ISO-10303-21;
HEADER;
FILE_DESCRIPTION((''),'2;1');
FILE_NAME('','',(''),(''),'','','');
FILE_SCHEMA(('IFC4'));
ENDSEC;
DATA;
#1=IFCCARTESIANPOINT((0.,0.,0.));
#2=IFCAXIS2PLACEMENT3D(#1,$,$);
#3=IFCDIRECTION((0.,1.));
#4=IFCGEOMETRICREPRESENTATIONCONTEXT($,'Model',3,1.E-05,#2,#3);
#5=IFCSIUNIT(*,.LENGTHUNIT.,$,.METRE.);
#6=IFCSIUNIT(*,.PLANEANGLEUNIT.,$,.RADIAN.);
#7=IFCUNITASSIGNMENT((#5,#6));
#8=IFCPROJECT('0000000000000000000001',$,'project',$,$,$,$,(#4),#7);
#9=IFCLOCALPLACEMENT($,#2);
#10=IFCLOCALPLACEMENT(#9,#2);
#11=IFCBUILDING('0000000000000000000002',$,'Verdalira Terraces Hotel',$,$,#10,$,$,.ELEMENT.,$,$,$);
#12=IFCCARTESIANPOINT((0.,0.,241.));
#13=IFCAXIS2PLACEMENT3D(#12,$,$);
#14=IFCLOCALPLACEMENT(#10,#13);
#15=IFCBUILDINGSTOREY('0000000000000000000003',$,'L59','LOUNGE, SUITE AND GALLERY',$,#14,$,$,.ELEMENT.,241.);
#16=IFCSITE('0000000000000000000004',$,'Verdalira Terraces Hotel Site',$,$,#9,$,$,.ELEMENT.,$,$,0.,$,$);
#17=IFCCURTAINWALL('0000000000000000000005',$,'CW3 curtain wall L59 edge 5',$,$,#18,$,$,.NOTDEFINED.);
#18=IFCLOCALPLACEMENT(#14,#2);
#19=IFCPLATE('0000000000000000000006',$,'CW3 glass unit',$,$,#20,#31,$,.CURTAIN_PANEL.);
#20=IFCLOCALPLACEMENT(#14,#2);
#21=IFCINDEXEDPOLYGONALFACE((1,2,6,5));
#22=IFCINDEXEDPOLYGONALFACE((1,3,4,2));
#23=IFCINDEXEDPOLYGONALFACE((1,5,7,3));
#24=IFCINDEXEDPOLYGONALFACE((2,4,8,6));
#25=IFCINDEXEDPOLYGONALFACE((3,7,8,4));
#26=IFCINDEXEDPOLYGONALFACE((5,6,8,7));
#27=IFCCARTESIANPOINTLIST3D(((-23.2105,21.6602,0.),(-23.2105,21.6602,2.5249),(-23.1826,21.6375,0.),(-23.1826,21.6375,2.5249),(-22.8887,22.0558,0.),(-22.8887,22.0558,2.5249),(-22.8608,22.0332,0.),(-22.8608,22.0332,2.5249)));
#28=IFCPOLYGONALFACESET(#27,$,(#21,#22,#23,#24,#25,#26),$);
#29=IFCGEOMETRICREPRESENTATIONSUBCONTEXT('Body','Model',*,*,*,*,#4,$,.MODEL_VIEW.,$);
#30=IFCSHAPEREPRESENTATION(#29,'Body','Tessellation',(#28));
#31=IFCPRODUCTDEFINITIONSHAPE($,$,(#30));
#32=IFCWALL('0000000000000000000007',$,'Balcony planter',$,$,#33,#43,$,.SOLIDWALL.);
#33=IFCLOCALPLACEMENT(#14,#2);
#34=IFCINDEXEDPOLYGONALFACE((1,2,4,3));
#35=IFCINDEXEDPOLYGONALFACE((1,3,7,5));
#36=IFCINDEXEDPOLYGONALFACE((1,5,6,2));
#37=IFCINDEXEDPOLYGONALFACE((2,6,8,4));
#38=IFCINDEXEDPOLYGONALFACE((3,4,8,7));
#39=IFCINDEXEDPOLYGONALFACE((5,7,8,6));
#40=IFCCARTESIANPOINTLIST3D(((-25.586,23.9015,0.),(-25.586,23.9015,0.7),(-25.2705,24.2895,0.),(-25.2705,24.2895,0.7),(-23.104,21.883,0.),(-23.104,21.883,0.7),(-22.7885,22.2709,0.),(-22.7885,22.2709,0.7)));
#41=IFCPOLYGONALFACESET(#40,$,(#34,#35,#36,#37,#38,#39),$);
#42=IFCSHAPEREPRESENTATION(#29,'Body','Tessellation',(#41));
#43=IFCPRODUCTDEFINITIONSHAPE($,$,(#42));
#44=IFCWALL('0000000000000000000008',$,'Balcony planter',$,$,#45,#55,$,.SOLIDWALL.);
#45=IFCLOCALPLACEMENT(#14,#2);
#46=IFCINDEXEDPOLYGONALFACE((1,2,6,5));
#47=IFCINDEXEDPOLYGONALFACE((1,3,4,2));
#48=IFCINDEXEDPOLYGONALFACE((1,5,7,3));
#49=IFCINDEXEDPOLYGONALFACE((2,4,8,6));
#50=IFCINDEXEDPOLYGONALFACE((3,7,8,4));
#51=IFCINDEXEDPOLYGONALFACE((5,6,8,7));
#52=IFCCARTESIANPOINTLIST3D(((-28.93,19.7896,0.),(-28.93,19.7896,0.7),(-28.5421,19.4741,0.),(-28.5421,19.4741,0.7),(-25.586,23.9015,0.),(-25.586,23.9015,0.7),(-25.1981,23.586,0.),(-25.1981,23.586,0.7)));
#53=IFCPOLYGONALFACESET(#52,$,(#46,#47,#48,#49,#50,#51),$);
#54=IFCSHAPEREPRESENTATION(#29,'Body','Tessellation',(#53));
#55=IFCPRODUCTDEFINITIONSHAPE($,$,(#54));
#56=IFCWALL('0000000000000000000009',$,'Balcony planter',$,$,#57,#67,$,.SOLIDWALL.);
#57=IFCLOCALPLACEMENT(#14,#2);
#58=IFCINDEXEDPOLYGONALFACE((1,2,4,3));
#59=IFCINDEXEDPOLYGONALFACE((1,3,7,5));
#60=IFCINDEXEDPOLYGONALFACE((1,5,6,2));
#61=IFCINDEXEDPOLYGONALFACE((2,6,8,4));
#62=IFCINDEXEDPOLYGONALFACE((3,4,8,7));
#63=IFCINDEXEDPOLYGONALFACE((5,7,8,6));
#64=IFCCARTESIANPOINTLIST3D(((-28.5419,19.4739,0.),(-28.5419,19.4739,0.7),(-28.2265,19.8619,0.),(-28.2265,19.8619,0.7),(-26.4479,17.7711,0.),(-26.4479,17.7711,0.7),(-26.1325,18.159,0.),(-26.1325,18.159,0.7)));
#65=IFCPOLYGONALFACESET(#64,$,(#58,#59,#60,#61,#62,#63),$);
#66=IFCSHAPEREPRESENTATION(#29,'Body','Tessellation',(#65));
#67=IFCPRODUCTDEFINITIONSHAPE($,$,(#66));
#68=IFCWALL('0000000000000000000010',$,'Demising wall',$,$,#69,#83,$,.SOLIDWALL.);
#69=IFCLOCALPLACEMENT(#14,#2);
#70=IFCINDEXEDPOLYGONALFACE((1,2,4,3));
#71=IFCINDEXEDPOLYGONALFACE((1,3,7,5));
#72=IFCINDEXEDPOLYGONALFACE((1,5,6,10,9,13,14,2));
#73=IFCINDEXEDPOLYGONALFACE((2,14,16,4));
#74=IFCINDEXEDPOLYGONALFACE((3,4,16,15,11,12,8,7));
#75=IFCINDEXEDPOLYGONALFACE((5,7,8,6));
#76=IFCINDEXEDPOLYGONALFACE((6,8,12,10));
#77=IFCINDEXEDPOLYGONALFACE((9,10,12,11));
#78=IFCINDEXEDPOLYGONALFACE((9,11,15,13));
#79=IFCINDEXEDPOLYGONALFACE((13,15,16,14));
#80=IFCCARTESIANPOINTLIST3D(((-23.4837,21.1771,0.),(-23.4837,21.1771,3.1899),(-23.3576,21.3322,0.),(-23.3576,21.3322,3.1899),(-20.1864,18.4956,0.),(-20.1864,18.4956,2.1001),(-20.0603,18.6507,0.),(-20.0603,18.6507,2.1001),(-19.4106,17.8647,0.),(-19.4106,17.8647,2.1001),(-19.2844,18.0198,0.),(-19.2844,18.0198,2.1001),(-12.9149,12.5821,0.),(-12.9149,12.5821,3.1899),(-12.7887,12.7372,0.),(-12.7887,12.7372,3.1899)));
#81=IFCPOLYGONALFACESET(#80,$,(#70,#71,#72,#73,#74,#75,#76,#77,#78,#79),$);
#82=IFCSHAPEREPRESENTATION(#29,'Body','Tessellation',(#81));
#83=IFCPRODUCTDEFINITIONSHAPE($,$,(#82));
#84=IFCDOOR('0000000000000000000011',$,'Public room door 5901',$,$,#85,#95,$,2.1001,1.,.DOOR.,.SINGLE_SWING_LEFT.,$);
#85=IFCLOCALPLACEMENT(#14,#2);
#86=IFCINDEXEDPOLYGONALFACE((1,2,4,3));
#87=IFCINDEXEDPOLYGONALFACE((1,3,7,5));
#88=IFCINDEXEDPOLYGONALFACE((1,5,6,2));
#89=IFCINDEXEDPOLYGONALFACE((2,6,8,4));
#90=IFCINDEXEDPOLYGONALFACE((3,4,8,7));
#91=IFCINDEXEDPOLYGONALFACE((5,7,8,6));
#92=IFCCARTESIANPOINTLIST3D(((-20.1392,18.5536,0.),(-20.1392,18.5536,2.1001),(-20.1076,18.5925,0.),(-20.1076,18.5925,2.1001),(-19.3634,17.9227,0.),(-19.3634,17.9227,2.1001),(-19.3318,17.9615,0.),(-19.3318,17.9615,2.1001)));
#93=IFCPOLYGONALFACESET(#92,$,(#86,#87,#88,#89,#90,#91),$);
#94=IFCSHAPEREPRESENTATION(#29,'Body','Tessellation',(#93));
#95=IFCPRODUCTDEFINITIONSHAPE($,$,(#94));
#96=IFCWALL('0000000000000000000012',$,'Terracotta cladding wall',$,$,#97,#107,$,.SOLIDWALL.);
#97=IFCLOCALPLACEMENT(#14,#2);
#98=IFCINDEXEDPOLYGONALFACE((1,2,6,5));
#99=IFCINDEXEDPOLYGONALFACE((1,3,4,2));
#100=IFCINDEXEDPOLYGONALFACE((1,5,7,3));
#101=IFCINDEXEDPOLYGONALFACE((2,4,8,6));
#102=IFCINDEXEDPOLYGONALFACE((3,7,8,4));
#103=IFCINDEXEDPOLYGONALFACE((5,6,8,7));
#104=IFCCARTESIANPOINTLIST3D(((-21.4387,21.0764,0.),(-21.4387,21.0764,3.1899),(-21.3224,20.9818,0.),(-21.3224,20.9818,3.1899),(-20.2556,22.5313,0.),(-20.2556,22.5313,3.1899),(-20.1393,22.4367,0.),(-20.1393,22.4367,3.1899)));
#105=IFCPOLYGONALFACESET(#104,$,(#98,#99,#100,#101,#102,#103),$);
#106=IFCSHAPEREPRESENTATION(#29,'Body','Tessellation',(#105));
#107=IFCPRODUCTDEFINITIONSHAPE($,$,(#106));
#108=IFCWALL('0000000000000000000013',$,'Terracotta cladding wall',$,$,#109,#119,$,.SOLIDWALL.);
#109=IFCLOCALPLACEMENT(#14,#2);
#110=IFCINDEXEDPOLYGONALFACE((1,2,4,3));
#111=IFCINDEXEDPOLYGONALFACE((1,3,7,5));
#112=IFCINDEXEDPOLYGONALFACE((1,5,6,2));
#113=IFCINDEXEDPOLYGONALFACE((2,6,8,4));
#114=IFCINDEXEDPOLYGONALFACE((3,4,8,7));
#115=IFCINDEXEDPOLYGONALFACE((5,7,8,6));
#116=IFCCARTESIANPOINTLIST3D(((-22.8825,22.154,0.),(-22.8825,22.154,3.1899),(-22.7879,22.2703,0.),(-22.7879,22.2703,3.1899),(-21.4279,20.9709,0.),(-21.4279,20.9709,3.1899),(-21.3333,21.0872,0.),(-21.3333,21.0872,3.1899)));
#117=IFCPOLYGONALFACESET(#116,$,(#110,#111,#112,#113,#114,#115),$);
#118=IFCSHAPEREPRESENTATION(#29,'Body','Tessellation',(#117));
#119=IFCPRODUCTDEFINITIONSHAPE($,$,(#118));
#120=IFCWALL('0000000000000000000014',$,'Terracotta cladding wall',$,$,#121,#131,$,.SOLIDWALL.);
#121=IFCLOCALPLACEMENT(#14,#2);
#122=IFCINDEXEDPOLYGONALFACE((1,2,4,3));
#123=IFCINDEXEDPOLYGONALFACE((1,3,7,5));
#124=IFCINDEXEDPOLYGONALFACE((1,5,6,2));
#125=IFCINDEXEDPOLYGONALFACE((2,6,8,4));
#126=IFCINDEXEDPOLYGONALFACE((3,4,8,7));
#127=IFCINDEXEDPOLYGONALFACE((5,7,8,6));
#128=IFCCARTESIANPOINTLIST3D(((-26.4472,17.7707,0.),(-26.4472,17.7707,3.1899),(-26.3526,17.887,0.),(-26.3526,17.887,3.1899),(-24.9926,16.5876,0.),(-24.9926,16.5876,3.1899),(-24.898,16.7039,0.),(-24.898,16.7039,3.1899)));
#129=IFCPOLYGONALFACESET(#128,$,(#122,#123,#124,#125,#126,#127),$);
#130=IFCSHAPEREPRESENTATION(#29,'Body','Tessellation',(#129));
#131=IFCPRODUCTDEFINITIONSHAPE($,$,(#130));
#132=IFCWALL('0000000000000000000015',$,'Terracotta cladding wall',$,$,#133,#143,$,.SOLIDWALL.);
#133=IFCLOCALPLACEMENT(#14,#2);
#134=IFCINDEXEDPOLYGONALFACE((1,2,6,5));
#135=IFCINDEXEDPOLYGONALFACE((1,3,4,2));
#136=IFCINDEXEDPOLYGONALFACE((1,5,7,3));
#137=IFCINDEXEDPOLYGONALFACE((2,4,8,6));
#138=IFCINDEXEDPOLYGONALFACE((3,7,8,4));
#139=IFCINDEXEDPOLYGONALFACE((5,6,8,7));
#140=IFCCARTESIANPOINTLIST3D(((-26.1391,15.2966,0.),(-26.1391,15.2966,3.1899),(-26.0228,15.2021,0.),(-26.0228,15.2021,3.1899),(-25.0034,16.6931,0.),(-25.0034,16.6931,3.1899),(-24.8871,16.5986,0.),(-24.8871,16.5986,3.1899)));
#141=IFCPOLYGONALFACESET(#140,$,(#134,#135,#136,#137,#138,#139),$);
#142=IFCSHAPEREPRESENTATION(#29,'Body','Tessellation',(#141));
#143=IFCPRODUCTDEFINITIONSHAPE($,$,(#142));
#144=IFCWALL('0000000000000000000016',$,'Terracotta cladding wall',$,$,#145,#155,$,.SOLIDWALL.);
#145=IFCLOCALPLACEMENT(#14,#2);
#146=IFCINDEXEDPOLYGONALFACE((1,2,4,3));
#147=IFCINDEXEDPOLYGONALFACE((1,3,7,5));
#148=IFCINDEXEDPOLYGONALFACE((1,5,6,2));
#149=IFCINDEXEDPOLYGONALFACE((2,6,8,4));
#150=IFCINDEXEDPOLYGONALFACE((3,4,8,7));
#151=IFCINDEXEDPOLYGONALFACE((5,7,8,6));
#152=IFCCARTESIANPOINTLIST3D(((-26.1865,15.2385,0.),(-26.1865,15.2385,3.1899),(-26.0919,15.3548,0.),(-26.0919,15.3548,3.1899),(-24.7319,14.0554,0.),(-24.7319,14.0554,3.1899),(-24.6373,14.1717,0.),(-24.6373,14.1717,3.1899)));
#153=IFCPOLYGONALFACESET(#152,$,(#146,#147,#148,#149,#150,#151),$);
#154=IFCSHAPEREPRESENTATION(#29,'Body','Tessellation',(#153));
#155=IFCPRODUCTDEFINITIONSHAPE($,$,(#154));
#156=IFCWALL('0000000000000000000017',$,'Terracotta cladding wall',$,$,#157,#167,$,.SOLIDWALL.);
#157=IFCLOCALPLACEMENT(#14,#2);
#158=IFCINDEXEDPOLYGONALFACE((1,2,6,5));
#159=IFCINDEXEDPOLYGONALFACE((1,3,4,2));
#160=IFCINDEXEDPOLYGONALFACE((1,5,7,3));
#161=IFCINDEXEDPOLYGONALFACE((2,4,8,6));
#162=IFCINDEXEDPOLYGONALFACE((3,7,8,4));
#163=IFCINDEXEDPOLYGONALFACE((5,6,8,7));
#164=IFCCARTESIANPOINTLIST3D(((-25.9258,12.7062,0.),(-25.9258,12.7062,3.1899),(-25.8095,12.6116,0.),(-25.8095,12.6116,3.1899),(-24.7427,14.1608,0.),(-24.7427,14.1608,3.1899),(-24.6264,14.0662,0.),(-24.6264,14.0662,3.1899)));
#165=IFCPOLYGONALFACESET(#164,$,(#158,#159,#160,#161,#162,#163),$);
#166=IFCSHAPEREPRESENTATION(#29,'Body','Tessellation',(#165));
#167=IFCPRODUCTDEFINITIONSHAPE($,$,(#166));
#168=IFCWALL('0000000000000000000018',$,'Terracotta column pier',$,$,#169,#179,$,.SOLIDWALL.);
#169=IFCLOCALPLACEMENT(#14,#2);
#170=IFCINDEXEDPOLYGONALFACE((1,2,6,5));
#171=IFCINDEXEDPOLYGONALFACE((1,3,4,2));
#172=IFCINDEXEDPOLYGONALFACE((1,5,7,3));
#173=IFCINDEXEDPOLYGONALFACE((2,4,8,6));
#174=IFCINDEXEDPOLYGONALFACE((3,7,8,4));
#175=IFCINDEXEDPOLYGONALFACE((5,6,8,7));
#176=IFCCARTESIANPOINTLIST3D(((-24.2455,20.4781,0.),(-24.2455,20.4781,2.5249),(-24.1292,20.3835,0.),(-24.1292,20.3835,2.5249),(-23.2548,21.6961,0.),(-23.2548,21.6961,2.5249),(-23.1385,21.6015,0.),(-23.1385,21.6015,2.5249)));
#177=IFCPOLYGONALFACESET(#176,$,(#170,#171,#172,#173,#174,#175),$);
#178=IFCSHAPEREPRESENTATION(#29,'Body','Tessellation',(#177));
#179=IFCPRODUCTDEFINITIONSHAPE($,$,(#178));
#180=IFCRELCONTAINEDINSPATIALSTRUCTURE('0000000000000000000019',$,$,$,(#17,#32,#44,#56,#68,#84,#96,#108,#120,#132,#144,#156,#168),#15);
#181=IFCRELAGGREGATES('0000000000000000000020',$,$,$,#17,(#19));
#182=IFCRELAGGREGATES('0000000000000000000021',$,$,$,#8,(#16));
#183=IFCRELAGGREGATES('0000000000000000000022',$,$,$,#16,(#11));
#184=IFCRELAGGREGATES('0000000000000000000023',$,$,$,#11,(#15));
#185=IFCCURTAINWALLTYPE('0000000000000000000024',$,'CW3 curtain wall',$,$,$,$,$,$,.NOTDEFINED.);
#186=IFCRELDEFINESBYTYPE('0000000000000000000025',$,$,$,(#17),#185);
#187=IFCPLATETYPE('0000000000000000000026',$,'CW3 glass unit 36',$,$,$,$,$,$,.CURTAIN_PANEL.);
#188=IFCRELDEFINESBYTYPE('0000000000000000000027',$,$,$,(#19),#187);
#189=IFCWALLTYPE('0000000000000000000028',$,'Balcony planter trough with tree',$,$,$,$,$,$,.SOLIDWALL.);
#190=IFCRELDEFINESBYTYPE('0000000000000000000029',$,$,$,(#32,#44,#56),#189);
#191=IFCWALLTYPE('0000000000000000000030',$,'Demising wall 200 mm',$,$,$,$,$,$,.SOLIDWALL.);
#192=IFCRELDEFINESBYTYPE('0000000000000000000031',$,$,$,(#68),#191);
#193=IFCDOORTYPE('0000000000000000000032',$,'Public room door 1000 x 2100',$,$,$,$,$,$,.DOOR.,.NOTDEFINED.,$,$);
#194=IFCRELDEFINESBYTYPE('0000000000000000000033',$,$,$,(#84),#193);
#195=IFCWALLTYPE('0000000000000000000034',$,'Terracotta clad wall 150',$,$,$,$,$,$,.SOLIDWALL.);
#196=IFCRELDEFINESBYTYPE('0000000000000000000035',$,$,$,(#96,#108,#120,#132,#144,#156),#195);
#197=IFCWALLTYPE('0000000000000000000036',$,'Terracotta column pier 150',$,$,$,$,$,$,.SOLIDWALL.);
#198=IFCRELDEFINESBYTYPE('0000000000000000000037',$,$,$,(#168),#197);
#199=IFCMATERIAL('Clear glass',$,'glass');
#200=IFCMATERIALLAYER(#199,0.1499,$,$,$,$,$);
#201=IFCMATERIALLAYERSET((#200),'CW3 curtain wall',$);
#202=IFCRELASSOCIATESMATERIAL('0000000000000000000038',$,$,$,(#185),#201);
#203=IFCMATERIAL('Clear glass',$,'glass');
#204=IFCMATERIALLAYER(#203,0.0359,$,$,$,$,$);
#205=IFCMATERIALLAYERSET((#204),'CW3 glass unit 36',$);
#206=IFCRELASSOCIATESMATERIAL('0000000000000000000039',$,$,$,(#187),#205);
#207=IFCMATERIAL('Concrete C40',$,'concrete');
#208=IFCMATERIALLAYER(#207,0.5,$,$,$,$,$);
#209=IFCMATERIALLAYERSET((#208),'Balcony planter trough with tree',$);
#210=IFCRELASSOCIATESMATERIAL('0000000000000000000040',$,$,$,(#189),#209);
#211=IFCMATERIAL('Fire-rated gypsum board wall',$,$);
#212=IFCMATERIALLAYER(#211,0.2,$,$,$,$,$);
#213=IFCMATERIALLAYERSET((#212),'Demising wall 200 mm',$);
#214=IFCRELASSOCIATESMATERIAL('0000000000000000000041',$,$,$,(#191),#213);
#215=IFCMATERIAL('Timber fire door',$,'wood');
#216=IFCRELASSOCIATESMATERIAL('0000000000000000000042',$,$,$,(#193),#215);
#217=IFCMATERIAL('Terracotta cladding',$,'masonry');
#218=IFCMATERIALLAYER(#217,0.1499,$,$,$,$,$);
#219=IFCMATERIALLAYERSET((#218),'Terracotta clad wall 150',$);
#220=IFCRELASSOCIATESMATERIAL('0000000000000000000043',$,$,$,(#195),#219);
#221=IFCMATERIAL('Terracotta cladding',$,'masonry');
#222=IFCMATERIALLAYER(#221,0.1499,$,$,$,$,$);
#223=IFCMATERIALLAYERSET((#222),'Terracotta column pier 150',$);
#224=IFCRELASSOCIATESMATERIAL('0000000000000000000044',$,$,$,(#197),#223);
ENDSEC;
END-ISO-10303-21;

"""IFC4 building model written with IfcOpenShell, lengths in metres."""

from ifc_helpers import new_model, si_unit, direction, frame, frame_2d, origin, origin_2d, place, context, subcontext, project, spatial, rectangle, extrude, material, layer, layer_set, type_object, element, fill, aggregate, save


model = new_model("IFC4")

# Units and contexts
model_context = context("Model", 3, precision=1e-05, world=origin(), true_north=direction((0.0, 1.0)))
body_context = subcontext(model_context, "Body", "Model", "MODEL_VIEW")
ifc_project = project(units=[si_unit("LENGTHUNIT", "METRE"), si_unit("PLANEANGLEUNIT", "RADIAN")], contexts=[model_context])

# Site, building, storey
site_placement = place(None, origin())
site = spatial("IfcSite", under=ifc_project, at=site_placement, Name="Verdalira Terraces Hotel Site", CompositionType="ELEMENT", RefElevation=0.0)
building_placement = place(site_placement, origin())
building = spatial("IfcBuilding", under=site, at=building_placement, Name="Verdalira Terraces Hotel", CompositionType="ELEMENT")
storey_placement = place(building_placement, frame((0.0, 0.0, 241.0)))
storey = spatial("IfcBuildingStorey", under=building, at=storey_placement, Name="L59", Description="LOUNGE, SUITE AND GALLERY", CompositionType="ELEMENT", Elevation=241.0)

# Curtain wall
ifc_material_1 = material(Name="Clear glass", Category="glass")
ifc_layer_1 = layer(ifc_material_1, 0.1499)
ifc_layer_set_1 = layer_set([ifc_layer_1], Name="CW3 curtain wall")
curtain_wall_type_1 = type_object("IfcCurtainWallType", Name="CW3 curtain wall", PredefinedType="NOTDEFINED", material=ifc_layer_set_1)
curtain_wall_1_placement = place(storey_placement, origin())
curtain_wall_1 = element("IfcCurtainWall", 1, at=curtain_wall_1_placement, inside=storey, type_object=curtain_wall_type_1, Name="CW3 curtain wall L59 edge 5", PredefinedType="NOTDEFINED")

# Plate
ifc_material_2 = material(Name="Clear glass", Category="glass")
ifc_layer_2 = layer(ifc_material_2, 0.0359)
ifc_layer_set_2 = layer_set([ifc_layer_2], Name="CW3 glass unit 36")
plate_type = type_object("IfcPlateType", Name="CW3 glass unit 36", PredefinedType="CURTAIN_PANEL", material=ifc_layer_set_2)
plate_placement = place(storey_placement, frame((-23.0356, 21.8467, 0.0), z_axis=(0.0, 0.0, 1.0), x_axis=(-0.630947, -0.775826, 0.0)))
plate = element("IfcPlate", 2, at=plate_placement, type_object=plate_type, Name="CW3 glass unit", PredefinedType="CURTAIN_PANEL", context=body_context, shape_type="SweptSolid", body=[
    extrude(rectangle(XDim=0.51, YDim=0.0359, at=origin_2d()), origin(), (0.0, 0.0, 1.0), 2.5249),
])
aggregate(curtain_wall_1, [plate])

# Walls
ifc_material_3 = material(Name="Concrete C40", Category="concrete")
ifc_layer_3 = layer(ifc_material_3, 0.5)
ifc_layer_set_3 = layer_set([ifc_layer_3], Name="Balcony planter trough with tree")
wall_type_1 = type_object("IfcWallType", Name="Balcony planter trough with tree", PredefinedType="SOLIDWALL", material=ifc_layer_set_3)
wall_1_placement = place(storey_placement, frame((-22.9463, 22.0769, 0.0), z_axis=(0.0, 0.0, 1.0), x_axis=(-0.77581, 0.630966, 0.0)))
element("IfcWall", 3, at=wall_1_placement, inside=storey, type_object=wall_type_1, Name="Balcony planter", PredefinedType="SOLIDWALL", context=body_context, shape_type="SweptSolid", body=[
    extrude(rectangle(XDim=3.1992, YDim=0.5, at=frame_2d((1.5996, 0.0))), origin(), (0.0, 0.0, 1.0), 0.7),
])
wall_2_placement = place(storey_placement, frame((-25.3921, 23.7437, 0.0), z_axis=(0.0, 0.0, 1.0), x_axis=(-0.63095, -0.775824, 0.0)))
element("IfcWall", 4, at=wall_2_placement, inside=storey, type_object=wall_type_1, Name="Balcony planter", PredefinedType="SOLIDWALL", context=body_context, shape_type="SweptSolid", body=[
    extrude(rectangle(XDim=5.3, YDim=0.5, at=frame_2d((2.6499, 0.0))), origin(), (0.0, 0.0, 1.0), 0.7),
])
wall_3_placement = place(storey_placement, frame((-28.3843, 19.668, 0.0), z_axis=(0.0, 0.0, 1.0), x_axis=(0.77584, -0.63093, 0.0)))
element("IfcWall", 5, at=wall_3_placement, inside=storey, type_object=wall_type_1, Name="Balcony planter", PredefinedType="SOLIDWALL", context=body_context, shape_type="SweptSolid", body=[
    extrude(rectangle(XDim=2.699, YDim=0.5, at=frame_2d((1.3496, 0.0))), origin(), (0.0, 0.0, 1.0), 0.7),
])

# Wall, opening, door
ifc_material_4 = material(Name="Fire-rated gypsum board wall")
ifc_layer_4 = layer(ifc_material_4, 0.2)
ifc_layer_set_4 = layer_set([ifc_layer_4], Name="Demising wall 200 mm")
wall_type_2 = type_object("IfcWallType", Name="Demising wall 200 mm", PredefinedType="SOLIDWALL", material=ifc_layer_set_4)
wall_4_placement = place(storey_placement, frame((-23.4207, 21.2546, 0.0), z_axis=(0.0, 0.0, 1.0), x_axis=(0.775834, -0.630937, 0.0)))
wall_4 = element("IfcWall", 6, at=wall_4_placement, inside=storey, type_object=wall_type_2, Name="Demising wall", PredefinedType="SOLIDWALL", context=body_context, shape_type="SweptSolid", body=[
    extrude(rectangle(XDim=13.6226, YDim=0.2, at=frame_2d((6.8113, 0.0))), origin(), (0.0, 0.0, 1.0), 3.1899),
])
opening_1_placement = place(wall_4_placement, frame((4.25, 0.0, 0.0)))
opening_1 = element("IfcOpeningElement", 7, at=opening_1_placement, cuts=wall_4, PredefinedType="OPENING", context=body_context, shape_type="SweptSolid", body=[
    extrude(rectangle(XDim=1.0, YDim=2.1001, at=frame_2d((0.5, 1.05))), frame((0.0, 0.1099, 0.0), z_axis=(0.0, -1.0, 0.0), x_axis=(1.0, 0.0, 0.0)), (0.0, 0.0, 1.0), 0.22),
])
ifc_material_5 = material(Name="Timber fire door", Category="wood")
door_type_1 = type_object("IfcDoorType", Name="Public room door 1000 x 2100", OperationType="NOTDEFINED", PredefinedType="DOOR", material=ifc_material_5)
door_1_placement = place(opening_1_placement, origin())
door_1 = element("IfcDoor", 8, at=door_1_placement, inside=storey, type_object=door_type_1, Name="Public room door 5901", OperationType="SINGLE_SWING_LEFT", OverallHeight=2.1001, OverallWidth=1.0, PredefinedType="DOOR", context=body_context, shape_type="SweptSolid", body=[
    extrude(rectangle(XDim=1.0, YDim=2.1001, at=frame_2d((0.5, 1.05))), frame((0.0, 0.0249, 0.0), z_axis=(0.0, -1.0, 0.0), x_axis=(1.0, 0.0, 0.0)), (0.0, 0.0, 1.0), 0.05),
])
fill(opening_1, door_1)

# Walls
ifc_material_6 = material(Name="Terracotta cladding", Category="masonry")
ifc_layer_5 = layer(ifc_material_6, 0.1499)
ifc_layer_set_5 = layer_set([ifc_layer_5], Name="Terracotta clad wall 150")
wall_type_3 = type_object("IfcWallType", Name="Terracotta clad wall 150", PredefinedType="SOLIDWALL", material=ifc_layer_set_5)
wall_5_placement = place(storey_placement, frame((-20.1975, 22.4839, 0.0), z_axis=(0.0, 0.0, 1.0), x_axis=(-0.630931, -0.775839, 0.0)))
element("IfcWall", 9, at=wall_5_placement, inside=storey, type_object=wall_type_3, Name="Terracotta cladding wall", PredefinedType="SOLIDWALL", context=body_context, shape_type="SweptSolid", body=[
    extrude(rectangle(XDim=1.8752, YDim=0.1499, at=frame_2d((0.9375, 0.0))), origin(), (0.0, 0.0, 1.0), 3.1899),
])
for number, where, z_axis, x_axis, name in (
    (10, (-21.3806, 21.0291, 0.0), (0.0, 0.0, 1.0), (-0.775787, 0.630995, 0.0), "Terracotta cladding wall"),
    (11, (-26.3999, 17.8289, 0.0), (0.0, 0.0, 1.0), (0.775787, -0.630995, 0.0), "Terracotta cladding wall"),
):
    element("IfcWall", number, at=place(storey_placement, frame(where, z_axis=z_axis, x_axis=x_axis)), inside=storey, type_object=wall_type_3, Name=name, PredefinedType="SOLIDWALL", context=body_context, shape_type="SweptSolid", body=[
        extrude(rectangle(XDim=1.875, YDim=0.1499, at=frame_2d((0.9375, 0.0))), origin(), (0.0, 0.0, 1.0), 3.1899),
    ])
wall_6_placement = place(storey_placement, frame((-24.9453, 16.6458, 0.0), z_axis=(0.0, 0.0, 1.0), x_axis=(-0.63096, -0.775815, 0.0)))
element("IfcWall", 12, at=wall_6_placement, inside=storey, type_object=wall_type_3, Name="Terracotta cladding wall", PredefinedType="SOLIDWALL", context=body_context, shape_type="SweptSolid", body=[
    extrude(rectangle(XDim=1.8, YDim=0.1499, at=frame_2d((0.8999, 0.0))), origin(), (0.0, 0.0, 1.0), 3.1899),
])
for number, where, z_axis, x_axis, name in (
    (13, (-26.1392, 15.2966, 0.0), (0.0, 0.0, 1.0), (0.775787, -0.630995, 0.0), "Terracotta cladding wall"),
    (14, (-24.6846, 14.1135, 0.0), (0.0, 0.0, 1.0), (-0.630995, -0.775787, 0.0), "Terracotta cladding wall"),
):
    element("IfcWall", number, at=place(storey_placement, frame(where, z_axis=z_axis, x_axis=x_axis)), inside=storey, type_object=wall_type_3, Name=name, PredefinedType="SOLIDWALL", context=body_context, shape_type="SweptSolid", body=[
        extrude(rectangle(XDim=1.875, YDim=0.1499, at=frame_2d((0.9375, 0.0))), origin(), (0.0, 0.0, 1.0), 3.1899),
    ])
ifc_material_7 = material(Name="Terracotta cladding", Category="masonry")
ifc_layer_6 = layer(ifc_material_7, 0.1499)
ifc_layer_set_6 = layer_set([ifc_layer_6], Name="Terracotta column pier 150")
wall_type_4 = type_object("IfcWallType", Name="Terracotta column pier 150", PredefinedType="SOLIDWALL", material=ifc_layer_set_6)
wall_7_placement = place(storey_placement, frame((-23.1965, 21.6489, 0.0), z_axis=(0.0, 0.0, 1.0), x_axis=(-0.631008, -0.775776, 0.0)))
element("IfcWall", 15, at=wall_7_placement, inside=storey, type_object=wall_type_4, Name="Terracotta column pier", PredefinedType="SOLIDWALL", context=body_context, shape_type="SweptSolid", body=[
    extrude(rectangle(XDim=1.5701, YDim=0.1499, at=frame_2d((0.7852, 0.0))), origin(), (0.0, 0.0, 1.0), 2.5249),
])

save(model, "model.ifc")
